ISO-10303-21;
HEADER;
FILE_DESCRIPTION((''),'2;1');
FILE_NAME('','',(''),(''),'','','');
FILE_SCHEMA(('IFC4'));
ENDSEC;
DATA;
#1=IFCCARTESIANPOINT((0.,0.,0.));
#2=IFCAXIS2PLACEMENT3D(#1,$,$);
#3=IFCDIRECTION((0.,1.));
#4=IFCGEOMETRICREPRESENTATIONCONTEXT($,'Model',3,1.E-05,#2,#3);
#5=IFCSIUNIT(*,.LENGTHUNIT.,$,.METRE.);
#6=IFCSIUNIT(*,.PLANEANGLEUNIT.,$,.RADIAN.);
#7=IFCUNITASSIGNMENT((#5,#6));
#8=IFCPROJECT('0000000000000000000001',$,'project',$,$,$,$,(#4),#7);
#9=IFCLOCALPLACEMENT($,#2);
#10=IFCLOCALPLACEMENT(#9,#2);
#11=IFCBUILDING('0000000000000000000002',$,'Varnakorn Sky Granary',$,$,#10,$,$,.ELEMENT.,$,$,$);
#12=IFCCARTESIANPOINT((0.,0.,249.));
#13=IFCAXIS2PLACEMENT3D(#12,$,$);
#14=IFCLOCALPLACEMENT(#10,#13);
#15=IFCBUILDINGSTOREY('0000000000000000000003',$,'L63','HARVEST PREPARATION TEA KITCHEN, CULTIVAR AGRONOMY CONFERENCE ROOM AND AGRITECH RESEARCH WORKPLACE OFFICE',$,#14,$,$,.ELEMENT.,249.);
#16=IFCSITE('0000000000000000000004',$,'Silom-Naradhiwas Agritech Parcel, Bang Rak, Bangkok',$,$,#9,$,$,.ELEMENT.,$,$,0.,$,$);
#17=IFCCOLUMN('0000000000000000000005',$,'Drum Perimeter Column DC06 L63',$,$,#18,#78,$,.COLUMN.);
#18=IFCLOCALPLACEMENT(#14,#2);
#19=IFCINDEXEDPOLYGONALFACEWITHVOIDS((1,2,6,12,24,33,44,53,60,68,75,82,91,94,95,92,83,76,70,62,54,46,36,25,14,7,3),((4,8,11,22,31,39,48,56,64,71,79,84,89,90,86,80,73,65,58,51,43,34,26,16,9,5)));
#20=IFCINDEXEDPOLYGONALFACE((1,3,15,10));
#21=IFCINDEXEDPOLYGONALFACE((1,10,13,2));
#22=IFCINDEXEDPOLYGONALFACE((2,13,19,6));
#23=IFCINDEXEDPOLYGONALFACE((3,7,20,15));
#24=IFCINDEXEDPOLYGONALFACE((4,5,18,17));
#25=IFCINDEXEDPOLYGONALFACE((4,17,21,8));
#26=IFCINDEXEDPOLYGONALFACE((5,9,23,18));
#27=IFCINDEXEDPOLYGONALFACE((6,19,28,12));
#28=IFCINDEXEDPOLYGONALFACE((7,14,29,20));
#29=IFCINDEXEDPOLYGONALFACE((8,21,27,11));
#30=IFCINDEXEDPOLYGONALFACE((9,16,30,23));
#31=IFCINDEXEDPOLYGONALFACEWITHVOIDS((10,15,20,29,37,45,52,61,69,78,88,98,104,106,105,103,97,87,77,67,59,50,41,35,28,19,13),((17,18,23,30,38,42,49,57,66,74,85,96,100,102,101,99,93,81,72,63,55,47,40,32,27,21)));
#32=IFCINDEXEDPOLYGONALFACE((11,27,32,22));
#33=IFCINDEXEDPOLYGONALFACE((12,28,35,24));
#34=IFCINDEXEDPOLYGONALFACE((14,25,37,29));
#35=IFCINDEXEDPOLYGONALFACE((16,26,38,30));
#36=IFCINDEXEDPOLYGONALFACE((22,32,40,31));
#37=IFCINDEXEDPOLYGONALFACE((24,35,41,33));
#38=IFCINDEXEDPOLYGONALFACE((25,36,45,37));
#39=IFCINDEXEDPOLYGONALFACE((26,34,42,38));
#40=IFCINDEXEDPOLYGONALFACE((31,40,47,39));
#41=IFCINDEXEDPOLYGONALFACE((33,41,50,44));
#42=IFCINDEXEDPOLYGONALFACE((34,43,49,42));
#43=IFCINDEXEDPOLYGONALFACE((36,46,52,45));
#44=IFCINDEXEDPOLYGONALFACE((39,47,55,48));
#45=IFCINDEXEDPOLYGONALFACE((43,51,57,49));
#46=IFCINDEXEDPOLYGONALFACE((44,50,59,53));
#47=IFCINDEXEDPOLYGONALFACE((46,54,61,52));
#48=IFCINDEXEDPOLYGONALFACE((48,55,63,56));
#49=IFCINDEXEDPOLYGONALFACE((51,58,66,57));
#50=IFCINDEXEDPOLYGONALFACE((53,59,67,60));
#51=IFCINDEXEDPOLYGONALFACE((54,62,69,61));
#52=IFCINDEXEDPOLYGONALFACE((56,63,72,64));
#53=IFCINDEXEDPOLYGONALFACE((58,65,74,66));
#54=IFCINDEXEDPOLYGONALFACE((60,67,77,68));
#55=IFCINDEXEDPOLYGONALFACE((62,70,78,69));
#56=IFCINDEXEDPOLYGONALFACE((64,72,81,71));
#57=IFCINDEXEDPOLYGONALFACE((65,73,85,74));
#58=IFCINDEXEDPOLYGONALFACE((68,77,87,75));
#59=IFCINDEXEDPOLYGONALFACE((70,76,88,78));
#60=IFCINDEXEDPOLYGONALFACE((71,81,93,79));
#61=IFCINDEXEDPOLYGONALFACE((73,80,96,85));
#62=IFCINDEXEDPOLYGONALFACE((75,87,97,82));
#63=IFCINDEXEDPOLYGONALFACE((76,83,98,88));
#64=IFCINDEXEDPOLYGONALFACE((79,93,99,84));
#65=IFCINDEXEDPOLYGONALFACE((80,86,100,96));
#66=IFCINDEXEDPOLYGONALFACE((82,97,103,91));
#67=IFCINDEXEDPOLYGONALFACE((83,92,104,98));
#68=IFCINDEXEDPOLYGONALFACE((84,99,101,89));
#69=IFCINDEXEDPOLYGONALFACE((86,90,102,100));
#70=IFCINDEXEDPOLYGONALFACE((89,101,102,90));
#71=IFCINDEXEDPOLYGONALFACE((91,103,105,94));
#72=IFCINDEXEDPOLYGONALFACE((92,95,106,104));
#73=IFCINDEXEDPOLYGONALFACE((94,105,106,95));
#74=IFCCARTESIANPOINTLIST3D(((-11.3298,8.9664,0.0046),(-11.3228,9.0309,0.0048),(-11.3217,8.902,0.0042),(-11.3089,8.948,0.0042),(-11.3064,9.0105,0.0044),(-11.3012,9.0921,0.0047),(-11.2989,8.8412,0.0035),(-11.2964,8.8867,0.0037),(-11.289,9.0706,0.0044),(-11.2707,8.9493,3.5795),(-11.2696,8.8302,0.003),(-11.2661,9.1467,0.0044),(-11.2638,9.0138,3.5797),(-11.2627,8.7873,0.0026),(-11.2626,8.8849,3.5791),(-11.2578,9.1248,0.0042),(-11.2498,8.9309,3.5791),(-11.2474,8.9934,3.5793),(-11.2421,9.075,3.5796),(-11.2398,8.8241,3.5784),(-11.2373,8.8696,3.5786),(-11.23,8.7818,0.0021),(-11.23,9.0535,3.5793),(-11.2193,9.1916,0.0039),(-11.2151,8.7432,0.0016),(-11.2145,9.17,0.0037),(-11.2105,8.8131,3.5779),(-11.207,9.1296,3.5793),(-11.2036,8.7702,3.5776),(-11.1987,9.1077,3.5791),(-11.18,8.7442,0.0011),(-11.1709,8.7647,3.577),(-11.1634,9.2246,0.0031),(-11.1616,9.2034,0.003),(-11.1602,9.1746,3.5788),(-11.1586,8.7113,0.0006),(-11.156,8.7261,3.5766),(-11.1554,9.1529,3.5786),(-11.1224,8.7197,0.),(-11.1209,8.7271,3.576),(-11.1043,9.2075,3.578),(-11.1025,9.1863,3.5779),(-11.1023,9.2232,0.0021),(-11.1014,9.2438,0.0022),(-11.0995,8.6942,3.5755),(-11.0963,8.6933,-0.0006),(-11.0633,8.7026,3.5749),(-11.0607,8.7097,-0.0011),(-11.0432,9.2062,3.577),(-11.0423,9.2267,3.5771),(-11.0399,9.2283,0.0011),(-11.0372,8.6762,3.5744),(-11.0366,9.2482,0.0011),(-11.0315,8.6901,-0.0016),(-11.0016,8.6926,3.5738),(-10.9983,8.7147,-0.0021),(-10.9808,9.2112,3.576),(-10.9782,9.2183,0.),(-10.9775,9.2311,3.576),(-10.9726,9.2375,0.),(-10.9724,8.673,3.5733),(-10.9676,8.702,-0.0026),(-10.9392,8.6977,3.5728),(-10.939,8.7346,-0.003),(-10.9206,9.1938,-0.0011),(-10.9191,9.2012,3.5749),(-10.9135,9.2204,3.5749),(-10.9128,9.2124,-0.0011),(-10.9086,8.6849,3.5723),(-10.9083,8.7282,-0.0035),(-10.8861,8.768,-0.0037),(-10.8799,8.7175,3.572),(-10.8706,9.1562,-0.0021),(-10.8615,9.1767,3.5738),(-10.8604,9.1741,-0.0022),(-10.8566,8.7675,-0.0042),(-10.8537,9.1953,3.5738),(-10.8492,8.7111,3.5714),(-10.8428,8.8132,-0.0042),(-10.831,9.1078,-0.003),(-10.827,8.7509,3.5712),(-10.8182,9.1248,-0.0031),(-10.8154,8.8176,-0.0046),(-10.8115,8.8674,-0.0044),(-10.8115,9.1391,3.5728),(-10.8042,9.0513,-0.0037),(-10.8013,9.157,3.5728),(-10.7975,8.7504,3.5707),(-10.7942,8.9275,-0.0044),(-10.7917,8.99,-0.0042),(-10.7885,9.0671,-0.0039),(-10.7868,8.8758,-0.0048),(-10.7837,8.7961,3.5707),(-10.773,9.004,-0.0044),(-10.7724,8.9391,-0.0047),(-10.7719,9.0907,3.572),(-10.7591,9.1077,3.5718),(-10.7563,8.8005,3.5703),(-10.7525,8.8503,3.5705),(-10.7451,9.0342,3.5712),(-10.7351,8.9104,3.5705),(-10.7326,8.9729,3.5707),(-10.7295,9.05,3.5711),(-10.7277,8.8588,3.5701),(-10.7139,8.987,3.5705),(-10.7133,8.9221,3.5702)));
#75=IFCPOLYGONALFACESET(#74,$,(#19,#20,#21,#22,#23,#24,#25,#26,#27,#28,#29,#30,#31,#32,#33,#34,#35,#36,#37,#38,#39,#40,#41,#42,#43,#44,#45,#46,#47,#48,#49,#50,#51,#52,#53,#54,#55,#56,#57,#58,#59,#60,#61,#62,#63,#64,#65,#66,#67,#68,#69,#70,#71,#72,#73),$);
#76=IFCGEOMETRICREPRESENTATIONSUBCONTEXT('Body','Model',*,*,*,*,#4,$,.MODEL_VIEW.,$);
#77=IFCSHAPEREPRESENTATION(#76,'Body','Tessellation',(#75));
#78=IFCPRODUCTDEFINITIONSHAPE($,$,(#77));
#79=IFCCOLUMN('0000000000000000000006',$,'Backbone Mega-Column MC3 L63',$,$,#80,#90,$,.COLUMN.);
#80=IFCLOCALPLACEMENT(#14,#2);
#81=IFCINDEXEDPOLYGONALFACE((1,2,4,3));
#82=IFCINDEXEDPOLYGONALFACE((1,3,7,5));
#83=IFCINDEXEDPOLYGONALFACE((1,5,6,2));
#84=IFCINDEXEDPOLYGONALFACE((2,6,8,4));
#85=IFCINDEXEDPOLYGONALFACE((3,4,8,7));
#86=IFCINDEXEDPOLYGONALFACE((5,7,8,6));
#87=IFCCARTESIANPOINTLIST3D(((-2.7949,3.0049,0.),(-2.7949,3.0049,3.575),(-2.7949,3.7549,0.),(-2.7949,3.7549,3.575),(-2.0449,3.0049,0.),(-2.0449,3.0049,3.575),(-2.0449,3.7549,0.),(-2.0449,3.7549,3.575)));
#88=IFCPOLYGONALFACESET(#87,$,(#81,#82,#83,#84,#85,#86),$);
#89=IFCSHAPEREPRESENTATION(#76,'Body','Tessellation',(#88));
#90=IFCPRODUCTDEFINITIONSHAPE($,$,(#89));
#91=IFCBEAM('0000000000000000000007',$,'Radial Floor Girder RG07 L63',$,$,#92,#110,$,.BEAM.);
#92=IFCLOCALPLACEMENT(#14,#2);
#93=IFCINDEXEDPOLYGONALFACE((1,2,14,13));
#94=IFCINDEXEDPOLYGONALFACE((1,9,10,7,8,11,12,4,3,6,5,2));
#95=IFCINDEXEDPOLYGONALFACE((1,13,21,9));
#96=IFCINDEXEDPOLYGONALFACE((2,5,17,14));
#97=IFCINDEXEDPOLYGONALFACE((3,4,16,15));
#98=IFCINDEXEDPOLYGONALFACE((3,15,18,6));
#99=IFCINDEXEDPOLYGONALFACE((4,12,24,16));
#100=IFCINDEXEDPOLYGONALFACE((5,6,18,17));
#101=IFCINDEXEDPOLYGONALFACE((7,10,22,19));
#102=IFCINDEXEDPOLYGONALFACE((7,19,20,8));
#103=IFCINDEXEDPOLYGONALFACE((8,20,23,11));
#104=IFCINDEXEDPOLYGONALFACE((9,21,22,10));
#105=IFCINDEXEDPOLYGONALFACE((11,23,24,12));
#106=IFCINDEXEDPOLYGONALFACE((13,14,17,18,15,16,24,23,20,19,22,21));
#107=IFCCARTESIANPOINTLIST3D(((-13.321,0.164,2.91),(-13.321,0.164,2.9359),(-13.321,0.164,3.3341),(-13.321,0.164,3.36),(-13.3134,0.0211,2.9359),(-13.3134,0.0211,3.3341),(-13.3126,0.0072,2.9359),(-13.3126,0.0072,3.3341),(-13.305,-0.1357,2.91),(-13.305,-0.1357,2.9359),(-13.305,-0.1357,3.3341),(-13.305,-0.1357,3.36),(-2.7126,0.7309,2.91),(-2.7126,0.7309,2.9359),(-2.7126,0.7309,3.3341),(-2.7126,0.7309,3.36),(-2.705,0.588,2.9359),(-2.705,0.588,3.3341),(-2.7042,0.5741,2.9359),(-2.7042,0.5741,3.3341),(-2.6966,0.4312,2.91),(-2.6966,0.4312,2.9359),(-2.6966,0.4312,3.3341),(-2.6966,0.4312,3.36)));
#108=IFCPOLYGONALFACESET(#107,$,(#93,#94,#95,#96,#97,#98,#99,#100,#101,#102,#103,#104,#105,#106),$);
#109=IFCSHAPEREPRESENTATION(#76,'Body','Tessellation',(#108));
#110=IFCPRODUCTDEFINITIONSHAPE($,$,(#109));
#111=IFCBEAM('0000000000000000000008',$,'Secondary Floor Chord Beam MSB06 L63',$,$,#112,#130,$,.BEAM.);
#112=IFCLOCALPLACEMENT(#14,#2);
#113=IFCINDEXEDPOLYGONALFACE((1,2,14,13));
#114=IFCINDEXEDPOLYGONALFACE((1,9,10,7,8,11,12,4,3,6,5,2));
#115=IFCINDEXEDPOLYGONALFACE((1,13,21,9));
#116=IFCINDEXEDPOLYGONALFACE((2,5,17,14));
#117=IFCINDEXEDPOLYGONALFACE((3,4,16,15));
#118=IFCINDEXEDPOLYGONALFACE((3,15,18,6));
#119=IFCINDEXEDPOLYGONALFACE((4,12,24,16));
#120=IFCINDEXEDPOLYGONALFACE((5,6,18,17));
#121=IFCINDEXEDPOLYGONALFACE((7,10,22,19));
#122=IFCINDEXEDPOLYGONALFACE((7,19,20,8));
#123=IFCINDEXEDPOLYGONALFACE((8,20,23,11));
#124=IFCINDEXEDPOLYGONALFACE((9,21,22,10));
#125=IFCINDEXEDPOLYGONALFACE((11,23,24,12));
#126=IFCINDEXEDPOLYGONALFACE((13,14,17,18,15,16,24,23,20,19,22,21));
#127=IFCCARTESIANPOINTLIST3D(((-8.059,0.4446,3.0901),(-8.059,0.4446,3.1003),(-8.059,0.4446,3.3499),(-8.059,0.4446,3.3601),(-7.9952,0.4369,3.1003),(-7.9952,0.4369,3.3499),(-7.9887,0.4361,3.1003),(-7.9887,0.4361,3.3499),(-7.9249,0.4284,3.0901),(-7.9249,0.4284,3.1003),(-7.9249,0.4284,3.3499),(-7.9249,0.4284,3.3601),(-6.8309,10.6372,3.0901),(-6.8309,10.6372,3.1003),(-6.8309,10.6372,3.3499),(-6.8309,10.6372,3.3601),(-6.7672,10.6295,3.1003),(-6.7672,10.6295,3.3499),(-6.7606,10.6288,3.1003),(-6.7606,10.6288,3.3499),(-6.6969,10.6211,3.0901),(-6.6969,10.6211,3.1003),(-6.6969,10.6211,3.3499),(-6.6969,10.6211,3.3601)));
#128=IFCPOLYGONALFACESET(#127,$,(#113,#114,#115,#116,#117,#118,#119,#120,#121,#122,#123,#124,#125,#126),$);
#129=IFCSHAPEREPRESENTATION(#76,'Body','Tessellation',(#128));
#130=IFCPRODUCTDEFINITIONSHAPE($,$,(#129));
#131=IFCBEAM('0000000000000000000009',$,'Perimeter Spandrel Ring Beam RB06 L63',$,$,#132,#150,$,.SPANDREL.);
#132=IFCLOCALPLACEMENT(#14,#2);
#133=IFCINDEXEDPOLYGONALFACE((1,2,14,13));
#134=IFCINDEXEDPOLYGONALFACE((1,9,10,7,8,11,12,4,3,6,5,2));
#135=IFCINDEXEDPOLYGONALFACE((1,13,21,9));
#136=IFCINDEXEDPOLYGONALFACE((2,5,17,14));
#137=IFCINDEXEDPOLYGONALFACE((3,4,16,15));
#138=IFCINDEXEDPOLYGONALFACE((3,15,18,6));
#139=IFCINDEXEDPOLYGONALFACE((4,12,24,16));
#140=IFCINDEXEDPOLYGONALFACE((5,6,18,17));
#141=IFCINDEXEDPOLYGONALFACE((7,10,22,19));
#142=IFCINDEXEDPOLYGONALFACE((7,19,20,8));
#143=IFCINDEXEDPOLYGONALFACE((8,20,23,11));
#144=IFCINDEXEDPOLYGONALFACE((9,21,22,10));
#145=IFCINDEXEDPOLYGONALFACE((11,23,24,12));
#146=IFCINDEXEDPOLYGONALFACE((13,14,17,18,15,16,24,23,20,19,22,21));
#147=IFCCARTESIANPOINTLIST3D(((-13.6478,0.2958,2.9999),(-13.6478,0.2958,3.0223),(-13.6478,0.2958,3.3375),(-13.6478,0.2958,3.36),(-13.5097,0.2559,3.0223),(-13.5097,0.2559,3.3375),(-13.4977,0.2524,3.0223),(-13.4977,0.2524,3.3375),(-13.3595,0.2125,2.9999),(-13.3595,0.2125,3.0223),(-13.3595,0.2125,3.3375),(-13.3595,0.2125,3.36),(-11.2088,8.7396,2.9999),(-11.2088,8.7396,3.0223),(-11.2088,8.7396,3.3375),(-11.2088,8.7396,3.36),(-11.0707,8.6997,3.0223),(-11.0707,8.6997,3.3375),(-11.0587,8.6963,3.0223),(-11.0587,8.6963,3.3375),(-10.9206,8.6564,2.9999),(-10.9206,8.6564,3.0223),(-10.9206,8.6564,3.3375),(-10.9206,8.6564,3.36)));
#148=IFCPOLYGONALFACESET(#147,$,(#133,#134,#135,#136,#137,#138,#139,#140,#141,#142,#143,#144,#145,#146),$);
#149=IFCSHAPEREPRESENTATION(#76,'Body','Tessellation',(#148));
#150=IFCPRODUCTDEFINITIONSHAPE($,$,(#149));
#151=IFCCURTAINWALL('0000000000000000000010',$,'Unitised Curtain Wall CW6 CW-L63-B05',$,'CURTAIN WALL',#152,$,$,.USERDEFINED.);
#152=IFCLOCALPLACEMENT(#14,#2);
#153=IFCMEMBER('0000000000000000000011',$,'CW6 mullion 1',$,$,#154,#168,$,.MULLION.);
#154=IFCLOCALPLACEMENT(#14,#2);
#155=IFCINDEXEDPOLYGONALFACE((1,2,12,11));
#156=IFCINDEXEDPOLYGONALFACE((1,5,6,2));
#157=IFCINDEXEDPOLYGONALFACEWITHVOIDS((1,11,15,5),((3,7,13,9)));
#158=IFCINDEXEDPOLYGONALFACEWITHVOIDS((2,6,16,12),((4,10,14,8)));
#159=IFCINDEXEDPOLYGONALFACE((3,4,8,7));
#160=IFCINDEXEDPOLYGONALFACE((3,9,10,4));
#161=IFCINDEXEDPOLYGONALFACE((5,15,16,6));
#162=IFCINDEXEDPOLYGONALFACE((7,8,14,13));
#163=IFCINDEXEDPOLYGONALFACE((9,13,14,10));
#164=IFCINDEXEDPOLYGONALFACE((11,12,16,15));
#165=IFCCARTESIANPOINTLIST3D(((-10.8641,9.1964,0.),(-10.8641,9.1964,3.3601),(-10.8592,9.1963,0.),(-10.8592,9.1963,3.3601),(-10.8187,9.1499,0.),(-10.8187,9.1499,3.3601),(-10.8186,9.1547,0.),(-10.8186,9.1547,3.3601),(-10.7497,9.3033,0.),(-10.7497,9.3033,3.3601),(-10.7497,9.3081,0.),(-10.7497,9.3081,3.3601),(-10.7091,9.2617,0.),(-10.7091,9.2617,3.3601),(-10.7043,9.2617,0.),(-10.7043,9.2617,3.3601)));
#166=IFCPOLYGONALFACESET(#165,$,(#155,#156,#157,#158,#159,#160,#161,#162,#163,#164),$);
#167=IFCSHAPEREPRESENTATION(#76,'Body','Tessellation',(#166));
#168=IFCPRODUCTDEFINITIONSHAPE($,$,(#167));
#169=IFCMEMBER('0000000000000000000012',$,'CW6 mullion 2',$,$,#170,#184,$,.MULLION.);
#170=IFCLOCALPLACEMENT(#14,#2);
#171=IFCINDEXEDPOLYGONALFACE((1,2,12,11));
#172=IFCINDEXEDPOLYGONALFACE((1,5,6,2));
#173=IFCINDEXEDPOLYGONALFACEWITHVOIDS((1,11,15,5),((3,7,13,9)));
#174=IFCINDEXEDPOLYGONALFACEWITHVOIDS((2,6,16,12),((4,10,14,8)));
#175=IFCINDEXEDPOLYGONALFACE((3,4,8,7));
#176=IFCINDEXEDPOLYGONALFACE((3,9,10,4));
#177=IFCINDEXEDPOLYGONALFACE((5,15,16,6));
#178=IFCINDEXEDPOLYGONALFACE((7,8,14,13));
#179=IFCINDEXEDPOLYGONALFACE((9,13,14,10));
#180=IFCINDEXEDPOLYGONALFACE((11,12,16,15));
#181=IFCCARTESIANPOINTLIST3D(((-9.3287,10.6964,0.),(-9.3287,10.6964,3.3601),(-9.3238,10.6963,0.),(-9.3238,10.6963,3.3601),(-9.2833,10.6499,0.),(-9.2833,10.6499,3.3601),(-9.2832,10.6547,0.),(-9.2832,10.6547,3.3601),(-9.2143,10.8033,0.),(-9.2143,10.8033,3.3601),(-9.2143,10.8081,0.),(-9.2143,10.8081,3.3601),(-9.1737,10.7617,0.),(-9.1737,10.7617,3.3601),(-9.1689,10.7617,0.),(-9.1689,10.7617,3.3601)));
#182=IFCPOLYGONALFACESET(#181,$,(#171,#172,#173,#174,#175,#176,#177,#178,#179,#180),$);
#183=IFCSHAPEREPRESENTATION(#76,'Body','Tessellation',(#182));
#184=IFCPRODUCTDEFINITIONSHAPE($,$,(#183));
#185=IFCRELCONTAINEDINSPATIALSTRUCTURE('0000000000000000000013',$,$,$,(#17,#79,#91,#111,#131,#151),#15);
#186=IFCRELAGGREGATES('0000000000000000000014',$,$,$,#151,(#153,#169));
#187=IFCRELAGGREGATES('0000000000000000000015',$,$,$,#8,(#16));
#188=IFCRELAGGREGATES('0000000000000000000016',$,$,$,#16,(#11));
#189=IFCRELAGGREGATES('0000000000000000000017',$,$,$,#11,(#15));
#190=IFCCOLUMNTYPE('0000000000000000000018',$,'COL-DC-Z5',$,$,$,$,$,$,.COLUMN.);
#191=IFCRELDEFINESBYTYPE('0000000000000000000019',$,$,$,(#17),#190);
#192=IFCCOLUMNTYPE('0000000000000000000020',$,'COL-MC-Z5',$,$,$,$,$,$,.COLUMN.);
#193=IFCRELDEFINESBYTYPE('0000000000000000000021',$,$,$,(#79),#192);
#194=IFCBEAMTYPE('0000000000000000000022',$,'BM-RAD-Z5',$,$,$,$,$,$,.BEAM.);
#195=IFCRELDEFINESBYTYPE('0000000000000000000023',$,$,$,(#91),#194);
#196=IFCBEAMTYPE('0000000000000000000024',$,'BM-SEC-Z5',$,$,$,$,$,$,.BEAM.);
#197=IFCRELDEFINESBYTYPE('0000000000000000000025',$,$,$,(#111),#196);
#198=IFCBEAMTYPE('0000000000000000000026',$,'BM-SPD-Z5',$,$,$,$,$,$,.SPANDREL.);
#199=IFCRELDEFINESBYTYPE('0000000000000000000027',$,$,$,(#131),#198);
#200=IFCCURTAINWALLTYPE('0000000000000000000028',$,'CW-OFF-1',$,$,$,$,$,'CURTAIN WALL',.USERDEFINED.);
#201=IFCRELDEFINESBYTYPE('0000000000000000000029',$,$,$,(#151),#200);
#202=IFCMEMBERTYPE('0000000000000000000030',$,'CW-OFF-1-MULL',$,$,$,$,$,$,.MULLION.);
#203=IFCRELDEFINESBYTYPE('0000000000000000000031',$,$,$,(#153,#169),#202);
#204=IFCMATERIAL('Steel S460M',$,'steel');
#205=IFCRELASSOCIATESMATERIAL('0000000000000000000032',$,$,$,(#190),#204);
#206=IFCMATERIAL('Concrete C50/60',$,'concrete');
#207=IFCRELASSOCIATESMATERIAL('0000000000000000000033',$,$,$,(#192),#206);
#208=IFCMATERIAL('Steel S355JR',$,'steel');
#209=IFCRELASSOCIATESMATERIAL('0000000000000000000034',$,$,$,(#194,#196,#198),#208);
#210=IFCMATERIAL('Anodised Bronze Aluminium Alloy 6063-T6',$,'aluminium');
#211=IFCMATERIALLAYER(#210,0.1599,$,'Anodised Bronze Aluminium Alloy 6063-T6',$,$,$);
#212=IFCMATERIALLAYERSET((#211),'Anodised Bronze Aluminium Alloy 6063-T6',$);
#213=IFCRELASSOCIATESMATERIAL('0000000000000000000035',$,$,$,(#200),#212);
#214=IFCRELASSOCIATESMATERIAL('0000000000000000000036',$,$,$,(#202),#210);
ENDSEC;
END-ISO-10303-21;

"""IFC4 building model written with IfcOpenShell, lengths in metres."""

from ifc_helpers import new_model, si_unit, direction, frame, origin, origin_2d, place, context, subcontext, project, spatial, rectangle, hollow_rectangle, hollow_circle, i_section, extrude, material, layer, layer_set, material_profile, profile_set, type_object, element, aggregate, save


model = new_model("IFC4")

# Units and contexts
model_context = context("Model", 3, precision=1e-05, world=origin(), true_north=direction((0.0, 1.0)))
body_context = subcontext(model_context, "Body", "Model", "MODEL_VIEW")
ifc_project = project(units=[si_unit("LENGTHUNIT", "METRE"), si_unit("PLANEANGLEUNIT", "RADIAN")], contexts=[model_context])

# Site, building, storey
site_placement = place(None, origin())
site = spatial("IfcSite", under=ifc_project, at=site_placement, Name="Silom-Naradhiwas Agritech Parcel, Bang Rak, Bangkok", CompositionType="ELEMENT", RefElevation=0.0)
building_placement = place(site_placement, origin())
building = spatial("IfcBuilding", under=site, at=building_placement, Name="Varnakorn Sky Granary", CompositionType="ELEMENT")
storey_placement = place(building_placement, frame((0.0, 0.0, 249.0)))
storey = spatial("IfcBuildingStorey", under=building, at=storey_placement, Name="L63", Description="HARVEST PREPARATION TEA KITCHEN, CULTIVAR AGRONOMY CONFERENCE ROOM AND AGRITECH RESEARCH WORKPLACE OFFICE", CompositionType="ELEMENT", Elevation=249.0)

# Columns
ifc_material_1 = material(Name="Steel S460M", Category="steel")
ifc_material_profile_1 = material_profile(ifc_material_1, hollow_circle(Radius=0.2795, WallThickness=0.02, at=origin_2d()), Name="CHS 559x20")
ifc_profile_set_1 = profile_set([ifc_material_profile_1], Name="Steel S460M")
column_type_1 = type_object("IfcColumnType", Name="COL-DC-Z5", PredefinedType="COLUMN", material=ifc_profile_set_1)
column_1_placement = place(storey_placement, frame((-11.0503, 8.969, 0.0), z_axis=(0.016524, -0.00478, 0.999852), x_axis=(0.277865, 0.96062, 0.0)))
element("IfcColumn", 1, at=column_1_placement, inside=storey, type_object=column_type_1, Name="Drum Perimeter Column DC06 L63", PredefinedType="COLUMN", context=body_context, shape_type="SweptSolid", body=[
    extrude(hollow_circle(Radius=0.2795, WallThickness=0.02, at=origin_2d()), origin(), (0.0, 0.0, 1.0), 3.5754),
])
ifc_material_2 = material(Name="Concrete C50/60", Category="concrete")
ifc_material_profile_2 = material_profile(ifc_material_2, rectangle(XDim=0.75, YDim=0.75, at=origin_2d()), Name="RC 750x750")
ifc_profile_set_2 = profile_set([ifc_material_profile_2], Name="Concrete C50/60")
column_type_2 = type_object("IfcColumnType", Name="COL-MC-Z5", PredefinedType="COLUMN", material=ifc_profile_set_2)
column_2_placement = place(storey_placement, frame((-2.4199, 3.3799, 0.0), z_axis=(0.0, 0.0, 1.0), x_axis=(1.0, 0.0, 0.0)))
element("IfcColumn", 2, at=column_2_placement, inside=storey, type_object=column_type_2, Name="Backbone Mega-Column MC3 L63", PredefinedType="COLUMN", context=body_context, shape_type="SweptSolid", body=[
    extrude(rectangle(XDim=0.75, YDim=0.75, at=origin_2d()), origin(), (0.0, 0.0, 1.0), 3.575),
])

# Beams
ifc_material_3 = material(Name="Steel S355JR", Category="steel")
ifc_material_profile_3 = material_profile(ifc_material_3, i_section(OverallWidth=0.3, OverallDepth=0.45, WebThickness=0.0139, FlangeThickness=0.0259, at=origin_2d()), Name="HE 450 B")
ifc_profile_set_3 = profile_set([ifc_material_profile_3], Name="Steel S355JR")
beam_type_1 = type_object("IfcBeamType", Name="BM-RAD-Z5", PredefinedType="BEAM", material=ifc_profile_set_3)
beam_1_placement = place(storey_placement, frame((-2.7046, 0.5811, 3.135), z_axis=(-0.998575, -0.053362, 0.0), x_axis=(0.053362, -0.998575, 0.0)))
element("IfcBeam", 3, at=beam_1_placement, inside=storey, type_object=beam_type_1, Name="Radial Floor Girder RG07 L63", PredefinedType="BEAM", context=body_context, shape_type="SweptSolid", body=[
    extrude(i_section(OverallWidth=0.3, OverallDepth=0.45, WebThickness=0.0139, FlangeThickness=0.0259, at=origin_2d()), origin(), (0.0, 0.0, 1.0), 10.6235),
])
ifc_material_profile_4 = material_profile(ifc_material_3, i_section(OverallWidth=0.135, OverallDepth=0.27, WebThickness=0.0066, FlangeThickness=0.0103, at=origin_2d()), Name="IPE 270")
ifc_profile_set_4 = profile_set([ifc_material_profile_4], Name="Steel S355JR")
beam_type_2 = type_object("IfcBeamType", Name="BM-SEC-Z5", PredefinedType="BEAM", material=ifc_profile_set_4)
beam_2_placement = place(storey_placement, frame((-6.7639, 10.6292, 3.2251), z_axis=(-0.119617, -0.99282, 0.0), x_axis=(0.99282, -0.119617, 0.0)))
element("IfcBeam", 4, at=beam_2_placement, inside=storey, type_object=beam_type_2, Name="Secondary Floor Chord Beam MSB06 L63", PredefinedType="BEAM", context=body_context, shape_type="SweptSolid", body=[
    extrude(i_section(OverallWidth=0.135, OverallDepth=0.27, WebThickness=0.0066, FlangeThickness=0.0103, at=origin_2d()), origin(), (0.0, 0.0, 1.0), 10.2664),
])
ifc_material_profile_5 = material_profile(ifc_material_3, i_section(OverallWidth=0.3, OverallDepth=0.3601, WebThickness=0.0125, FlangeThickness=0.0225, at=origin_2d()), Name="HE 360 B")
ifc_profile_set_5 = profile_set([ifc_material_profile_5], Name="Steel S355JR")
beam_type_3 = type_object("IfcBeamType", Name="BM-SPD-Z5", PredefinedType="SPANDREL", material=ifc_profile_set_5)
beam_3_placement = place(storey_placement, frame((-11.0647, 8.698, 3.1799), z_axis=(-0.277501, -0.960725, 0.0), x_axis=(0.960725, -0.277501, 0.0)))
element("IfcBeam", 5, at=beam_3_placement, inside=storey, type_object=beam_type_3, Name="Perimeter Spandrel Ring Beam RB06 L63", PredefinedType="SPANDREL", context=body_context, shape_type="SweptSolid", body=[
    extrude(i_section(OverallWidth=0.3, OverallDepth=0.3601, WebThickness=0.0125, FlangeThickness=0.0225, at=origin_2d()), origin(), (0.0, 0.0, 1.0), 8.7891),
])

# Curtain wall, members
ifc_material_4 = material(Name="Anodised Bronze Aluminium Alloy 6063-T6", Category="aluminium")
ifc_layer_1 = layer(ifc_material_4, 0.1599, Name="Anodised Bronze Aluminium Alloy 6063-T6")
ifc_layer_set_1 = layer_set([ifc_layer_1], Name="Anodised Bronze Aluminium Alloy 6063-T6")
curtain_wall_type = type_object("IfcCurtainWallType", Name="CW-OFF-1", ElementType="CURTAIN WALL", PredefinedType="USERDEFINED", material=ifc_layer_set_1)
curtain_wall_placement = place(storey_placement, origin())
curtain_wall = element("IfcCurtainWall", 6, at=curtain_wall_placement, inside=storey, type_object=curtain_wall_type, Name="Unitised Curtain Wall CW6 CW-L63-B05", ObjectType="CURTAIN WALL", PredefinedType="USERDEFINED")
ifc_material_profile_6 = material_profile(ifc_material_4, hollow_rectangle(XDim=0.0649, YDim=0.1599, WallThickness=0.0034, at=origin_2d()), Name="ALU MULL 65x160")
ifc_profile_set_6 = profile_set([ifc_material_profile_6], Name="Anodised Bronze Aluminium Alloy 6063-T6")
member_type_1 = type_object("IfcMemberType", Name="CW-OFF-1-MULL", PredefinedType="MULLION", material=ifc_profile_set_6)
member_1_placement = place(storey_placement, frame((-10.7842, 9.229, 0.0), z_axis=(0.0, 0.0, 1.0), x_axis=(-0.698833, 0.715285, 0.0)))
member_1 = element("IfcMember", 7, at=member_1_placement, type_object=member_type_1, Name="CW6 mullion 1", PredefinedType="MULLION", context=body_context, shape_type="SweptSolid", body=[
    extrude(hollow_rectangle(XDim=0.0649, YDim=0.1599, WallThickness=0.0034, at=origin_2d()), origin(), (0.0, 0.0, 1.0), 3.3601),
])
member_2_placement = place(storey_placement, frame((-9.2488, 10.729, 0.0), z_axis=(0.0, 0.0, 1.0), x_axis=(-0.698833, 0.715285, 0.0)))
member_2 = element("IfcMember", 8, at=member_2_placement, type_object=member_type_1, Name="CW6 mullion 2", PredefinedType="MULLION", context=body_context, shape_type="SweptSolid", body=[
    extrude(hollow_rectangle(XDim=0.0649, YDim=0.1599, WallThickness=0.0034, at=origin_2d()), origin(), (0.0, 0.0, 1.0), 3.3601),
])
aggregate(curtain_wall, [member_1, member_2])

save(model, "model.ifc")
